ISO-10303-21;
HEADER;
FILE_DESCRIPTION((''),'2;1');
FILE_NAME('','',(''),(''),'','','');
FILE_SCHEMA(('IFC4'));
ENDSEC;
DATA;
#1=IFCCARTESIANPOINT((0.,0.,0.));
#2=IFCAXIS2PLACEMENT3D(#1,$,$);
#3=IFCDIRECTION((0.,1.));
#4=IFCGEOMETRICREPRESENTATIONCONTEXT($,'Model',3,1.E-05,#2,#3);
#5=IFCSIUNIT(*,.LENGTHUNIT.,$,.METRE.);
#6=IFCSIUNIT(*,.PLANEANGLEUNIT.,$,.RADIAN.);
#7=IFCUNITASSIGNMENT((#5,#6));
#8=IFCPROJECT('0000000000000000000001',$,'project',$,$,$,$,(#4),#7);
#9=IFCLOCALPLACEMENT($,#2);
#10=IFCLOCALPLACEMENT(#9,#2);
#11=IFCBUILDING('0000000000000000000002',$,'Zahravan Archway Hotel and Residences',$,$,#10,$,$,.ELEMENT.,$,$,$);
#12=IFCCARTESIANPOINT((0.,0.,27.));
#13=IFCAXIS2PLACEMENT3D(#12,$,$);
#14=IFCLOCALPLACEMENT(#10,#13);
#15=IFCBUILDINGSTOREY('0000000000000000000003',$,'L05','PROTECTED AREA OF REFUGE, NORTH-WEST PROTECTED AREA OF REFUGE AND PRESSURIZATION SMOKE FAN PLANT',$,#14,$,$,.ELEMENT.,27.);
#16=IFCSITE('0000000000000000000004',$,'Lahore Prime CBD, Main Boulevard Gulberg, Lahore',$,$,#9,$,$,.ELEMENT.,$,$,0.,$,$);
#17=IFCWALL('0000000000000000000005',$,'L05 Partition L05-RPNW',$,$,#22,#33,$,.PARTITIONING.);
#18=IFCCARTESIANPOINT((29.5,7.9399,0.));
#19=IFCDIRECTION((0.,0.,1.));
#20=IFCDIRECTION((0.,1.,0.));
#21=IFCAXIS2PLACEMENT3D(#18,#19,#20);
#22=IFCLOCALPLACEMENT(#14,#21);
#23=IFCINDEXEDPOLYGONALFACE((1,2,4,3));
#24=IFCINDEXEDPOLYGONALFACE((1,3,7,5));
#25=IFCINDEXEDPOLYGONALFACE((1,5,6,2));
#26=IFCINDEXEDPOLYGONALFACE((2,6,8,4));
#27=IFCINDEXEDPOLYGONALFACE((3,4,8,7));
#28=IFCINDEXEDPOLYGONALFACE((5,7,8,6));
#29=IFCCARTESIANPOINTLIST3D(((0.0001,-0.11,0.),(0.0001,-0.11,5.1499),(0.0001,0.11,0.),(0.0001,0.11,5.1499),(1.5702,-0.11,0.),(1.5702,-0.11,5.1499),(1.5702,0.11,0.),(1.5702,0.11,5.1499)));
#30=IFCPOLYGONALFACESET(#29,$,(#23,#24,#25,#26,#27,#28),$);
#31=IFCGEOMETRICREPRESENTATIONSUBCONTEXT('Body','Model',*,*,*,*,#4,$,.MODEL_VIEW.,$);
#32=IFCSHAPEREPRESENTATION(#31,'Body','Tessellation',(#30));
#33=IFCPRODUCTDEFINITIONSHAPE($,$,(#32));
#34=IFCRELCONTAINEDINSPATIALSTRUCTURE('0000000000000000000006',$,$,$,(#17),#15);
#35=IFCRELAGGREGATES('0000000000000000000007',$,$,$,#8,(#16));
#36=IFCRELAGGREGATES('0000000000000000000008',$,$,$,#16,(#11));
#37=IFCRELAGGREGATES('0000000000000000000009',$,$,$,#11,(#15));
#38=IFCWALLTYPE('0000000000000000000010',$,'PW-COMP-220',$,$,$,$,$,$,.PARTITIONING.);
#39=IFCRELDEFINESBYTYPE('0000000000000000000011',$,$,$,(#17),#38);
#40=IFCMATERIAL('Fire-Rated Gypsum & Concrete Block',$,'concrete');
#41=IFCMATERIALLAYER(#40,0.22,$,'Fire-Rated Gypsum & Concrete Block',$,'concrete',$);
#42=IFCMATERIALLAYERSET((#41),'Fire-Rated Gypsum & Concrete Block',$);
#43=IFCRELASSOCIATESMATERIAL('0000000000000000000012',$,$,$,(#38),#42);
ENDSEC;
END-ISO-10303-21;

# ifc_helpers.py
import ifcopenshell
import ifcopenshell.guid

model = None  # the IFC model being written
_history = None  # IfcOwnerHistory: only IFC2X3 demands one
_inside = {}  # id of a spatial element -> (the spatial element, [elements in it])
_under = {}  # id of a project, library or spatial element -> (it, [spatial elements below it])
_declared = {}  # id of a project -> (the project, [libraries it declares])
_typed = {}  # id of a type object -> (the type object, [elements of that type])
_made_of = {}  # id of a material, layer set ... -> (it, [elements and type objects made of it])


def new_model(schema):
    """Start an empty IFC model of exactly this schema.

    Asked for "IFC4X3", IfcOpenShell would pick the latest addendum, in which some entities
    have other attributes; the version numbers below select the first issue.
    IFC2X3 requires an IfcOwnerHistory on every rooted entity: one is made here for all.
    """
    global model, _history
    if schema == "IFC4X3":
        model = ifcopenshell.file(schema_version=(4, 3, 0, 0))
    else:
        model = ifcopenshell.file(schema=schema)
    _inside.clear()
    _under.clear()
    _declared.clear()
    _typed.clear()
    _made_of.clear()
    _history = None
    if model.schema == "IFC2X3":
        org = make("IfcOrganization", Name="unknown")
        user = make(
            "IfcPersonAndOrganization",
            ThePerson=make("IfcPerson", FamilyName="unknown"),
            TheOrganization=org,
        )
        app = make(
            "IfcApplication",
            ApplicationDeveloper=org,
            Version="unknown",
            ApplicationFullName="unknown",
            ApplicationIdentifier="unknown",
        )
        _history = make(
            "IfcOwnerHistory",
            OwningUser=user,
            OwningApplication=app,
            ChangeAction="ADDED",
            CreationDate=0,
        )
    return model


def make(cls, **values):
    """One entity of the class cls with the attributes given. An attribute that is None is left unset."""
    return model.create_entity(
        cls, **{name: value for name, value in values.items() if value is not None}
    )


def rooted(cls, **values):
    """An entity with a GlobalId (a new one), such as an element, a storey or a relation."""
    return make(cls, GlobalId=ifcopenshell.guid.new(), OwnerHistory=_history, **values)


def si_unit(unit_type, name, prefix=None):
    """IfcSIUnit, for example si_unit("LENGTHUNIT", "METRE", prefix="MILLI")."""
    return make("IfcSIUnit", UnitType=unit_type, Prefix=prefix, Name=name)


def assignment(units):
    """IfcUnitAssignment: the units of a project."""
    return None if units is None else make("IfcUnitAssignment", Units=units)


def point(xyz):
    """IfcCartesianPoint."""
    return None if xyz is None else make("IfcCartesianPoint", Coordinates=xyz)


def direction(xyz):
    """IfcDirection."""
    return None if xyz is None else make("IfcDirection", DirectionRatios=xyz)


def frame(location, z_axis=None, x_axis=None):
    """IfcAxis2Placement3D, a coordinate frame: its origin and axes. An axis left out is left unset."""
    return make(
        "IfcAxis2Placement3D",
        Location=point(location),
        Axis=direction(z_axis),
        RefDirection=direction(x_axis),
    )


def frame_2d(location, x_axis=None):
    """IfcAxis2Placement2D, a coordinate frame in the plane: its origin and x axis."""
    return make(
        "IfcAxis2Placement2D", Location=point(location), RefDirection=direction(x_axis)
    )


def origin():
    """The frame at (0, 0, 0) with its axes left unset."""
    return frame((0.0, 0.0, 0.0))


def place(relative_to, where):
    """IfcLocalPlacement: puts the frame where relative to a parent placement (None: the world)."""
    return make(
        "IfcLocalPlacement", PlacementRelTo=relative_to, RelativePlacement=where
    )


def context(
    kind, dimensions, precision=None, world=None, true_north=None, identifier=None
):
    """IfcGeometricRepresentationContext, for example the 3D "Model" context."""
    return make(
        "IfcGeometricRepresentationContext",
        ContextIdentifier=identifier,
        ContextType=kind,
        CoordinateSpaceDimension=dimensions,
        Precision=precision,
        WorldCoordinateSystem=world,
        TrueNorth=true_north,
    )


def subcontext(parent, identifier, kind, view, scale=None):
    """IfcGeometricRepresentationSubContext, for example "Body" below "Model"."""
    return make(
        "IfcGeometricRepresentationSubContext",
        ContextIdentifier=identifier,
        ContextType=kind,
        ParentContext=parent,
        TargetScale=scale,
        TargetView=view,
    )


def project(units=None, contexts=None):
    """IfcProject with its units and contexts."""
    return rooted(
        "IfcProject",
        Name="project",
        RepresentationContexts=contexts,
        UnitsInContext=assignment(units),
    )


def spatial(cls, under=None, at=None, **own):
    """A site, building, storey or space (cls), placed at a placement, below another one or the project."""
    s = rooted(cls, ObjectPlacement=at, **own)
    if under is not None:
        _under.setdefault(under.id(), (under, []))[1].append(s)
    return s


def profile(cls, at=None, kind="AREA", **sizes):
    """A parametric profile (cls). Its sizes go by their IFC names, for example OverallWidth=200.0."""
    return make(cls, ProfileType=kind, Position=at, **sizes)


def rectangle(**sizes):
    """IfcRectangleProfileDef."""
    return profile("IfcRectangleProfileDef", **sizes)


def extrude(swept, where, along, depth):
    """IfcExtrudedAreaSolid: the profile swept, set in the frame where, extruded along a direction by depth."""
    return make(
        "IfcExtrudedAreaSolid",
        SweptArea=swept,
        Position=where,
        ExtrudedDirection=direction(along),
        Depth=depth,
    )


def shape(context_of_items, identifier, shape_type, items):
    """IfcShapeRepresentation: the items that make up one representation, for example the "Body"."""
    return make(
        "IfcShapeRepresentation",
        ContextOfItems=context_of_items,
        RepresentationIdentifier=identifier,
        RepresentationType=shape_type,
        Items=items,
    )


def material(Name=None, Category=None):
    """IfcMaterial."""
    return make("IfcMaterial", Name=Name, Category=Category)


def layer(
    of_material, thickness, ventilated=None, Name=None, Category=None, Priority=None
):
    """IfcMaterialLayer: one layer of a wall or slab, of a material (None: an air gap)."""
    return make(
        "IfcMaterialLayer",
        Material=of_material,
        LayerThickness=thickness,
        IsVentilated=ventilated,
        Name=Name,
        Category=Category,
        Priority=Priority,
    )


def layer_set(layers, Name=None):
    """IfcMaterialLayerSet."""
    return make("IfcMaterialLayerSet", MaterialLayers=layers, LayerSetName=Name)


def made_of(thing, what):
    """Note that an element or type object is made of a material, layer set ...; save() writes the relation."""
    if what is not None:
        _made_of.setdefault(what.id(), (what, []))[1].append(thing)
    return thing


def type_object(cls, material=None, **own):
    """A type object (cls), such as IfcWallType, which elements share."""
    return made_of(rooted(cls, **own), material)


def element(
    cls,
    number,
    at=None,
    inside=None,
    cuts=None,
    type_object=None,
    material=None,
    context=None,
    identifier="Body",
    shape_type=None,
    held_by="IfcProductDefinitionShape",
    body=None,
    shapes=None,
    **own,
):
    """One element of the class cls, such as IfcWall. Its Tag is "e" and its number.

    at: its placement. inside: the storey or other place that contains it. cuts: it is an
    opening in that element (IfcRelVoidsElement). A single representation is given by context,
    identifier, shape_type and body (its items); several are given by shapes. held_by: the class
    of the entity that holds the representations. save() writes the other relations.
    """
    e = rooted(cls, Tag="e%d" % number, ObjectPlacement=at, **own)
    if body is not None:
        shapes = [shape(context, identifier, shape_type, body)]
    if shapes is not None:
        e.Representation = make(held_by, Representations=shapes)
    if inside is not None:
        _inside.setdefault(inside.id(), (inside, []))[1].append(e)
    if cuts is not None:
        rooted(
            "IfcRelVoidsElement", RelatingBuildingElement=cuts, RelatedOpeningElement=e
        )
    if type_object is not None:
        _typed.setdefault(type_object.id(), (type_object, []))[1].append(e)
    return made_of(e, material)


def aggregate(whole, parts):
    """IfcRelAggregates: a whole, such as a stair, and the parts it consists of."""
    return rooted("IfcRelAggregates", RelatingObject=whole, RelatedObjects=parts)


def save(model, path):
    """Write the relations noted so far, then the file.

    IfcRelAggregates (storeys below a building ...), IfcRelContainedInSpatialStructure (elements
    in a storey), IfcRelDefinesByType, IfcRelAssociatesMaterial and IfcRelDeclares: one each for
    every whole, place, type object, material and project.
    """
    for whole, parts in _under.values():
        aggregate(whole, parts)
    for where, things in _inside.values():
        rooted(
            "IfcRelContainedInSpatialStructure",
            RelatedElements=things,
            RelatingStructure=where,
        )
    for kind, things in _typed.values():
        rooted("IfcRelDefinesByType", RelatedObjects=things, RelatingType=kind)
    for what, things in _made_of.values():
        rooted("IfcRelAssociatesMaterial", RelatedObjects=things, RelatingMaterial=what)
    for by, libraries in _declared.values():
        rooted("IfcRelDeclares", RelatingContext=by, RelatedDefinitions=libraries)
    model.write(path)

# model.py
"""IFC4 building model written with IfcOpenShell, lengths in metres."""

from ifc_helpers import new_model, si_unit, direction, frame, frame_2d, origin, place, context, subcontext, project, spatial, rectangle, extrude, material, layer, layer_set, type_object, element, save


model = new_model("IFC4")

# Units and contexts
model_context = context("Model", 3, precision=1e-05, world=origin(), true_north=direction((0.0, 1.0)))
body_context = subcontext(model_context, "Body", "Model", "MODEL_VIEW")
ifc_project = project(units=[si_unit("LENGTHUNIT", "METRE"), si_unit("PLANEANGLEUNIT", "RADIAN")], contexts=[model_context])

# Site, building, storey
site_placement = place(None, origin())
site = spatial("IfcSite", under=ifc_project, at=site_placement, Name="Lahore Prime CBD, Main Boulevard Gulberg, Lahore", CompositionType="ELEMENT", RefElevation=0.0)
building_placement = place(site_placement, origin())
building = spatial("IfcBuilding", under=site, at=building_placement, Name="Zahravan Archway Hotel and Residences", CompositionType="ELEMENT")
storey_placement = place(building_placement, frame((0.0, 0.0, 27.0)))
storey = spatial("IfcBuildingStorey", under=building, at=storey_placement, Name="L05", Description="PROTECTED AREA OF REFUGE, NORTH-WEST PROTECTED AREA OF REFUGE AND PRESSURIZATION SMOKE FAN PLANT", CompositionType="ELEMENT", Elevation=27.0)

# Wall
ifc_material_1 = material(Name="Fire-Rated Gypsum & Concrete Block", Category="concrete")
ifc_layer_1 = layer(ifc_material_1, 0.22, Name="Fire-Rated Gypsum & Concrete Block", Category="concrete")
ifc_layer_set_1 = layer_set([ifc_layer_1], Name="Fire-Rated Gypsum & Concrete Block")
wall_type_1 = type_object("IfcWallType", Name="PW-COMP-220", PredefinedType="PARTITIONING", material=ifc_layer_set_1)
wall_1_placement = place(storey_placement, frame((29.5, 7.9399, 0.0), z_axis=(0.0, 0.0, 1.0), x_axis=(0.0, 1.0, 0.0)))
element("IfcWall", 1, at=wall_1_placement, inside=storey, type_object=wall_type_1, Name="L05 Partition L05-RPNW", PredefinedType="PARTITIONING", context=body_context, shape_type="SweptSolid", body=[
    extrude(rectangle(XDim=1.5701, YDim=0.22, at=frame_2d((0.7852, 0.0))), origin(), (0.0, 0.0, 1.0), 5.1499),
])

save(model, "model.ifc")
